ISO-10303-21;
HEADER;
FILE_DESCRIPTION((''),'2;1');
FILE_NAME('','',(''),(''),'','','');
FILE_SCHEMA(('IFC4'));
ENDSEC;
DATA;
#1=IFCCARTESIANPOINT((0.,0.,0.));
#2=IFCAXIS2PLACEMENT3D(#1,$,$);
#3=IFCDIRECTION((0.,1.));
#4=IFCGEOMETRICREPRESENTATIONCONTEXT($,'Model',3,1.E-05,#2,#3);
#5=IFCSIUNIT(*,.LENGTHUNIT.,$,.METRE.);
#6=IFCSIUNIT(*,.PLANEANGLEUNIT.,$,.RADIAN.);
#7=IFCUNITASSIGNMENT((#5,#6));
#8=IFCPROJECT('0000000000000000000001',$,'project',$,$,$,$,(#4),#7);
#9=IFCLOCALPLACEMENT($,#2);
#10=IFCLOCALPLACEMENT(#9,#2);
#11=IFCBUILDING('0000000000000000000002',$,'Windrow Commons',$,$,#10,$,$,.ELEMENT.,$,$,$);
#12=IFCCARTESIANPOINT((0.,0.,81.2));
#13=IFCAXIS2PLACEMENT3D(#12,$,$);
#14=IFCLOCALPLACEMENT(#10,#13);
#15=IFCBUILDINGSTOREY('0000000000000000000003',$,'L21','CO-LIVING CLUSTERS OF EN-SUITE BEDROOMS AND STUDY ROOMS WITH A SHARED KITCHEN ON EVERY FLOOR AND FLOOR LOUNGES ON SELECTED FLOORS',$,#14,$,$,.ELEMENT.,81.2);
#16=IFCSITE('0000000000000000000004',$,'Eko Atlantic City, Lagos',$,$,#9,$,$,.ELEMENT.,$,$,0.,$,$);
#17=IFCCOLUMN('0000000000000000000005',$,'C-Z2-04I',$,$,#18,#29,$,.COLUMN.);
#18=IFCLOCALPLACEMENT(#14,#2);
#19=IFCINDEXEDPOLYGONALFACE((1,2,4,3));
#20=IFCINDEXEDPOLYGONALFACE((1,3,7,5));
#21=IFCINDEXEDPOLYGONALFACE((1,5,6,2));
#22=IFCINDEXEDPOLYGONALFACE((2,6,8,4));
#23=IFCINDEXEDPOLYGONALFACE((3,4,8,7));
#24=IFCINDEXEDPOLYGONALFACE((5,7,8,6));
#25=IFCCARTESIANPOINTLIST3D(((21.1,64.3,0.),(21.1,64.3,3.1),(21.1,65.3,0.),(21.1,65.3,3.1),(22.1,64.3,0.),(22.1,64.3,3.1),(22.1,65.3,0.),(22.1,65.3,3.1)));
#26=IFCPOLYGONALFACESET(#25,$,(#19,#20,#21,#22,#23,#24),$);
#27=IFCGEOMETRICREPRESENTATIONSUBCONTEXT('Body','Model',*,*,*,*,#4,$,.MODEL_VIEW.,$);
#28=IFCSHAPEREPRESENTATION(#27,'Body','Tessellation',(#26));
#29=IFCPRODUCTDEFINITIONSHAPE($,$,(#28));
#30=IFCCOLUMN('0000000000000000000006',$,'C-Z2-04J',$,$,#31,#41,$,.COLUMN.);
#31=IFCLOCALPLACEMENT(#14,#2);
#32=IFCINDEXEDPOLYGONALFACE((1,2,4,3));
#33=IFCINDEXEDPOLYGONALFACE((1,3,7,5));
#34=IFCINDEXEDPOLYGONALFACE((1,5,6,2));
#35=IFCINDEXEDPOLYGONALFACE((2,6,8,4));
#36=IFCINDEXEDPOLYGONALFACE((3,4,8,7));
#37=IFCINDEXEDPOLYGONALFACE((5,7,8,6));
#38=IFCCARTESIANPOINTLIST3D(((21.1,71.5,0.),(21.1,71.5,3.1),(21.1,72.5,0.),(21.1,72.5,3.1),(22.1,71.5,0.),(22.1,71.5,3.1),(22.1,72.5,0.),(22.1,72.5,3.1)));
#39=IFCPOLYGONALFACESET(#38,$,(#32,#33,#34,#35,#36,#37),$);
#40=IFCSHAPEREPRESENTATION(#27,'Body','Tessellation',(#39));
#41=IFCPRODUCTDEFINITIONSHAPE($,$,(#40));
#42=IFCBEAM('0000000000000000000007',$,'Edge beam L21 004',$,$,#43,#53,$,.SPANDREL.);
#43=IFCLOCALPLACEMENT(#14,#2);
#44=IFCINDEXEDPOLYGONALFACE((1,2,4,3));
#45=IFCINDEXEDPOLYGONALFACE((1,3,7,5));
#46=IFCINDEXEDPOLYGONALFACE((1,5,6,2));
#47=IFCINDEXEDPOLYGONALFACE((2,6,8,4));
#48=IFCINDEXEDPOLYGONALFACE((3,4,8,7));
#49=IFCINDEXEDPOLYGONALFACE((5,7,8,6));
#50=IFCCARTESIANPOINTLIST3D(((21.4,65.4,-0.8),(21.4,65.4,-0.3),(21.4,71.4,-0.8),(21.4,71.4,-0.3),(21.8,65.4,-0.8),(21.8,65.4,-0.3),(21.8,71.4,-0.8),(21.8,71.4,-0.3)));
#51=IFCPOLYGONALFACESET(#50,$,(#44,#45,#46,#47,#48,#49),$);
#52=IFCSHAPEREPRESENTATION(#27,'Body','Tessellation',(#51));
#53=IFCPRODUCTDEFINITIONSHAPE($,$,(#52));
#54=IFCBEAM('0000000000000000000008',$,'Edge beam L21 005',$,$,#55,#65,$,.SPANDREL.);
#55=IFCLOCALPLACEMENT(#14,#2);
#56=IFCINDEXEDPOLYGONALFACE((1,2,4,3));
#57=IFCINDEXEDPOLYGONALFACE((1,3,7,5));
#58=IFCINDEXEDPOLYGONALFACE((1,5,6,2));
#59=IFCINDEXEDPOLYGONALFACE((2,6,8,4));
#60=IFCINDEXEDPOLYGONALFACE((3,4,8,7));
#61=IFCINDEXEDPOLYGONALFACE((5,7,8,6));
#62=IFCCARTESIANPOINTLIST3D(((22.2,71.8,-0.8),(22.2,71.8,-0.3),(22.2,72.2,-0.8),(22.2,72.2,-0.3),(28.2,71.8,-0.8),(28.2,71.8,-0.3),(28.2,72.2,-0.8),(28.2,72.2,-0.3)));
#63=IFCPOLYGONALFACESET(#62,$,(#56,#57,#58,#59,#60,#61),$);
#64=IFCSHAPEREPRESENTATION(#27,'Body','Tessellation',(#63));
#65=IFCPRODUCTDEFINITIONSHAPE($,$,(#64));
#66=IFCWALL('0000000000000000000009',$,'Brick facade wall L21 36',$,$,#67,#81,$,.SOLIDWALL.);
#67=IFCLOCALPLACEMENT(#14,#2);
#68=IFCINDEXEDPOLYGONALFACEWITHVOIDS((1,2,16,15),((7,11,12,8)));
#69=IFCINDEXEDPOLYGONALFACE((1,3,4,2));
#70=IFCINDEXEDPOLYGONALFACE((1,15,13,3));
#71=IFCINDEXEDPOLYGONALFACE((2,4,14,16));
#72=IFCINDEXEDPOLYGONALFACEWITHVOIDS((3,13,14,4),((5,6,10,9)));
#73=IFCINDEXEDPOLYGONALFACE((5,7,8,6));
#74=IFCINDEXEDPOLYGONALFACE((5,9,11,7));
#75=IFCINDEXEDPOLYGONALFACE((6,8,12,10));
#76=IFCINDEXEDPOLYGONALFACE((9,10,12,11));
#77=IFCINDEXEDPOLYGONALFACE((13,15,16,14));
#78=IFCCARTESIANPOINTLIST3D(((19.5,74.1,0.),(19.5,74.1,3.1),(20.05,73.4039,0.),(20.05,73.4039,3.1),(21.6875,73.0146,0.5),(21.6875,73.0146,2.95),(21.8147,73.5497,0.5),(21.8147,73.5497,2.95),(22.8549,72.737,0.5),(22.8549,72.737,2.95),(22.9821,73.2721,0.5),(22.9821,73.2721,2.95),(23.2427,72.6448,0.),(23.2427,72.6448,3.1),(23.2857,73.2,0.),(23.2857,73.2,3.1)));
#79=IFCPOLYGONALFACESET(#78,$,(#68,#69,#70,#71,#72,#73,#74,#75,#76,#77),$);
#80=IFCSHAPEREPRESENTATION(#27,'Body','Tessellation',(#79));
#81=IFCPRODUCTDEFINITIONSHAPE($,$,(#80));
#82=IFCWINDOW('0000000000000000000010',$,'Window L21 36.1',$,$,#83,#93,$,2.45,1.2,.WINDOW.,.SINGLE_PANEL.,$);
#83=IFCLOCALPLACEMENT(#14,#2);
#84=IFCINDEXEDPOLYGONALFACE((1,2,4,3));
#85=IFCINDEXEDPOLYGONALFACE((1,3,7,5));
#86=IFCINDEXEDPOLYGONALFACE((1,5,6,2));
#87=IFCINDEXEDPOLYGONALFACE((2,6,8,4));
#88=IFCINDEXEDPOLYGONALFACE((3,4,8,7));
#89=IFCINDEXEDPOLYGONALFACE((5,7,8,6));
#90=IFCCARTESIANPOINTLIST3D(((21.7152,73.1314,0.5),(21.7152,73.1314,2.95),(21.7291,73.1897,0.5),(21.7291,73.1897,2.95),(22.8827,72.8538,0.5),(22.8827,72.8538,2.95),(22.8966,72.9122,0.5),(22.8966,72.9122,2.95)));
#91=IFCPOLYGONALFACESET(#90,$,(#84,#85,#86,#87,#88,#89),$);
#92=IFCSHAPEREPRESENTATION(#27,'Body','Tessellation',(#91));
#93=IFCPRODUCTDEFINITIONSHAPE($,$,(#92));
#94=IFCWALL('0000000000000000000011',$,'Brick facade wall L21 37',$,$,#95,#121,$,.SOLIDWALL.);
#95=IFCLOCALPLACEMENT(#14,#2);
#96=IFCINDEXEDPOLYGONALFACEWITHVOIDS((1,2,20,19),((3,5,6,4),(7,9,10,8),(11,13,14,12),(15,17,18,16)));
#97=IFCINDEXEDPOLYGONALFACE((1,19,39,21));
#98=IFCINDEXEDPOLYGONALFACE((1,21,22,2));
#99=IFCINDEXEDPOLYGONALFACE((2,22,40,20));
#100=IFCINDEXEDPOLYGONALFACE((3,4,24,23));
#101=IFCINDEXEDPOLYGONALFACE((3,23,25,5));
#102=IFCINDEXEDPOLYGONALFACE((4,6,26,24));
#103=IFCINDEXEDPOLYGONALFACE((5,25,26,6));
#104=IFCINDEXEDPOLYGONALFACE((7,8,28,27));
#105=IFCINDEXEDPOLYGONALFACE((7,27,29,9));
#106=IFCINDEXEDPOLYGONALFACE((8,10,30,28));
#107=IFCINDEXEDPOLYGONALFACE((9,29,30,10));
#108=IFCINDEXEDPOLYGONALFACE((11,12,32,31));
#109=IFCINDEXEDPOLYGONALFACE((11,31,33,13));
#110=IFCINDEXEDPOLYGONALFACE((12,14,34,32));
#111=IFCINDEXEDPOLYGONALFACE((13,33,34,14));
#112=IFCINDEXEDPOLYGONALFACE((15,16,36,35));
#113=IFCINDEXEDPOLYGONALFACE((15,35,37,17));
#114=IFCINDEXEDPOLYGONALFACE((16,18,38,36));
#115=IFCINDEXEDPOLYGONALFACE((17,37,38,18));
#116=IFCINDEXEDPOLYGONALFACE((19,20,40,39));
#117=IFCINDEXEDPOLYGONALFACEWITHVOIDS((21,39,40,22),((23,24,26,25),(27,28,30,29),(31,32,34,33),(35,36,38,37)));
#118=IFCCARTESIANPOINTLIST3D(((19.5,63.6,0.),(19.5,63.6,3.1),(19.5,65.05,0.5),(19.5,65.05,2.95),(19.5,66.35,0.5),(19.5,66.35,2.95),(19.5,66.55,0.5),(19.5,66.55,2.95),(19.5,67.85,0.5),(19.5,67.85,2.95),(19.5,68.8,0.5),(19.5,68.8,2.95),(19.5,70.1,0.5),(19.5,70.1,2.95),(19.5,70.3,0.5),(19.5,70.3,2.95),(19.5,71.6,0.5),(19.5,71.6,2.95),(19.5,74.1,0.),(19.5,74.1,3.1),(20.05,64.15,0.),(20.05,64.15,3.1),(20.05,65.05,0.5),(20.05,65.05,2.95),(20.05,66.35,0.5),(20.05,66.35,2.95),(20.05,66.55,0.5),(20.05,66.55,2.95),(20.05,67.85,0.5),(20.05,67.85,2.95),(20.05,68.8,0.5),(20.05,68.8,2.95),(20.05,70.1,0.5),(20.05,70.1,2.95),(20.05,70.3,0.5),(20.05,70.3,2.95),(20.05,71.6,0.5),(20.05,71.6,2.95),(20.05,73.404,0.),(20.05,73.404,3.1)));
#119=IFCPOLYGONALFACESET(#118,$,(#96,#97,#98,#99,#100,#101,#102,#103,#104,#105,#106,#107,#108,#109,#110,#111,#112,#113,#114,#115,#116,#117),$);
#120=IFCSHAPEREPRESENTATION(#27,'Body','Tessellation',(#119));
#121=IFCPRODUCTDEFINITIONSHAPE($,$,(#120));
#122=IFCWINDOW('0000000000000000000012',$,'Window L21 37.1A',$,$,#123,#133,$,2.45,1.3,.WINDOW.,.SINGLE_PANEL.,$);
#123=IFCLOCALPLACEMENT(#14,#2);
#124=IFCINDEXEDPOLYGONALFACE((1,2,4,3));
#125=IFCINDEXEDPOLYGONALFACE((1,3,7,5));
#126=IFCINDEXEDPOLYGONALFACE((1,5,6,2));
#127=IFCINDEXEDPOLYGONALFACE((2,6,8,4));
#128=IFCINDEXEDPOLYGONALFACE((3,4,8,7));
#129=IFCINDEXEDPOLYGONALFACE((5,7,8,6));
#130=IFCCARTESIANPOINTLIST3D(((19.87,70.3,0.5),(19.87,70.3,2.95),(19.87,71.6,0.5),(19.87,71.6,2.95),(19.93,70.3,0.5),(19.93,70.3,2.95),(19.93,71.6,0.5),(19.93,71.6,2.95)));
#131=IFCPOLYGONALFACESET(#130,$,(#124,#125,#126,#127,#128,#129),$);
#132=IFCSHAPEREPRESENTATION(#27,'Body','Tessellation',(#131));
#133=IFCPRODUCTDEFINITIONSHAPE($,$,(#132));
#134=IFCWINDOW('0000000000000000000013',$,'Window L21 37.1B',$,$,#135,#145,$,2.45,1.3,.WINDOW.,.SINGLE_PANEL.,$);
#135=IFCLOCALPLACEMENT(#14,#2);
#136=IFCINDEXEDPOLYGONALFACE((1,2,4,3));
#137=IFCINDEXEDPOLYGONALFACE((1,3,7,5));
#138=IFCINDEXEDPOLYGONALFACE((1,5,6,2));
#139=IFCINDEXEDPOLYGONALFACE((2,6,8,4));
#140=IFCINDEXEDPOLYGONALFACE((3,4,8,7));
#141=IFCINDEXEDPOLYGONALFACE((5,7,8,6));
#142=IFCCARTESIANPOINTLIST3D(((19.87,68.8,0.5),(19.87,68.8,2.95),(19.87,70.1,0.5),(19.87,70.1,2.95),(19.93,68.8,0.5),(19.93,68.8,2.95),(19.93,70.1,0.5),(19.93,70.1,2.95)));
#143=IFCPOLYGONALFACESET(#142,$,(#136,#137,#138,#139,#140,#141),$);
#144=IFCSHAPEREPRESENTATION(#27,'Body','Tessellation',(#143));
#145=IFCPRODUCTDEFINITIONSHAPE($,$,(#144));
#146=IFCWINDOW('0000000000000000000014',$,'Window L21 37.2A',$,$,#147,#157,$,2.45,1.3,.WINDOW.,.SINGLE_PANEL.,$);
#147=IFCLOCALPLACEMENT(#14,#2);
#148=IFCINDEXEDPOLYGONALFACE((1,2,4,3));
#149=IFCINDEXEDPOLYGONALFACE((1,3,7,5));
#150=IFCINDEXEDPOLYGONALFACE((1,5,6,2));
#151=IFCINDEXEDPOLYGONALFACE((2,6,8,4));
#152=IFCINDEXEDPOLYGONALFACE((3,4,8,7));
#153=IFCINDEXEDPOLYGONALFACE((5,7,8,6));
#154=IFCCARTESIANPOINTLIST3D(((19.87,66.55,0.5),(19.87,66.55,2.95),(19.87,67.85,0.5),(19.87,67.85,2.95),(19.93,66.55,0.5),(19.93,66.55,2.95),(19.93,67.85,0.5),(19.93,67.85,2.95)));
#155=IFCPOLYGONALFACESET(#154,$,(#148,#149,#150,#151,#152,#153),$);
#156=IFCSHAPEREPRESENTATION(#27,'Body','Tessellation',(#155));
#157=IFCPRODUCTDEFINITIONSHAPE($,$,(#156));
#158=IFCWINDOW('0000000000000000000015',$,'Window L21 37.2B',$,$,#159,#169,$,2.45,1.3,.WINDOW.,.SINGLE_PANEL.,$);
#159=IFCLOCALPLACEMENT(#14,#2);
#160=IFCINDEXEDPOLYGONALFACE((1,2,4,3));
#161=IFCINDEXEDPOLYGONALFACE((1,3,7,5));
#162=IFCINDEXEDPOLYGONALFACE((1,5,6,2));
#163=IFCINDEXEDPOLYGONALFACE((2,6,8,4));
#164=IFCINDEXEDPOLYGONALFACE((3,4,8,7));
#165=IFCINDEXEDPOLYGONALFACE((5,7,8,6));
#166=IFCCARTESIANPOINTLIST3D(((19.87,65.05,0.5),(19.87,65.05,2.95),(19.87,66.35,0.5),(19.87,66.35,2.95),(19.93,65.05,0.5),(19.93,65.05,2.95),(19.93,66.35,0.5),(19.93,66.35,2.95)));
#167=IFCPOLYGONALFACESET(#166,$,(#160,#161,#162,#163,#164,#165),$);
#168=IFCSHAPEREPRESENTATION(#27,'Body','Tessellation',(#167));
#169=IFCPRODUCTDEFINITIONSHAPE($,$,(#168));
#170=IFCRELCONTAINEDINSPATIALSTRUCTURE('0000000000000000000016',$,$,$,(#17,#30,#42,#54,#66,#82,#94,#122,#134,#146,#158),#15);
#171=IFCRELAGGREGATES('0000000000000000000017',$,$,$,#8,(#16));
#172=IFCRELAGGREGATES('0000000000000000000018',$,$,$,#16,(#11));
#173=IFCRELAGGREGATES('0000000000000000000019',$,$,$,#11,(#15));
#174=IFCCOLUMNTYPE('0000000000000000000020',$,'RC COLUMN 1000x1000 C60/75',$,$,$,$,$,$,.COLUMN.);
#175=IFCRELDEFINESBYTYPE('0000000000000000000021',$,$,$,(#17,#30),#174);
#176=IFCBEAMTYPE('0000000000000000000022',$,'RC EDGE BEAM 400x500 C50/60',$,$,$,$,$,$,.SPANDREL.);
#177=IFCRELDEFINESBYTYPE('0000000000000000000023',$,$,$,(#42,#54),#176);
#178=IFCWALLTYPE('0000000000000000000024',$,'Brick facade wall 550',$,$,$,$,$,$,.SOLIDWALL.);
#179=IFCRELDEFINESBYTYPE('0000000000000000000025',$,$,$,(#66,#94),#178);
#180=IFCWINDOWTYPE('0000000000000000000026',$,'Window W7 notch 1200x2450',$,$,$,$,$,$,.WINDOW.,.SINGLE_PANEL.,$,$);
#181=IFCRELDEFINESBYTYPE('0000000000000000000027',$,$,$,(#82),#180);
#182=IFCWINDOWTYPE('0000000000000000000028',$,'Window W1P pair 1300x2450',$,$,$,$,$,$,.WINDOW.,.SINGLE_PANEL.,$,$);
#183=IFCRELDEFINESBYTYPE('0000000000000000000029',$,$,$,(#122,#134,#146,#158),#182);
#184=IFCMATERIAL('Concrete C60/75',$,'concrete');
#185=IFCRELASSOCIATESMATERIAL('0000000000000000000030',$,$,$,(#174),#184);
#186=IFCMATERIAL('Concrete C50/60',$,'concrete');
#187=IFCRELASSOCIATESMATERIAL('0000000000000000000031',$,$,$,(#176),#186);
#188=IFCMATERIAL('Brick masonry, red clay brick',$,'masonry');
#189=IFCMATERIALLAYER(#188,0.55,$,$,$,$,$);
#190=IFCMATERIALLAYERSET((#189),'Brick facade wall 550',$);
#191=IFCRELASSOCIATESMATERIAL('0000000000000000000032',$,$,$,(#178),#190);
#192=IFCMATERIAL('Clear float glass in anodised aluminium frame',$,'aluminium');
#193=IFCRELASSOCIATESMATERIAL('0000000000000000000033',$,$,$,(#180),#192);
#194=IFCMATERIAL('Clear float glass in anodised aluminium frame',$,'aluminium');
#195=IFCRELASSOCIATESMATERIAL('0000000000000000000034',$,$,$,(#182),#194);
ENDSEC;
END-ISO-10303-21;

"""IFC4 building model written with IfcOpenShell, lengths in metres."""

from ifc_helpers import new_model, si_unit, direction, frame, frame_2d, origin, origin_2d, place, context, subcontext, project, spatial, polyline, rectangle, outline, extrude, material, layer, layer_set, material_profile, profile_set, type_object, element, fill, save


model = new_model("IFC4")

# Units and contexts
model_context = context("Model", 3, precision=1e-05, world=origin(), true_north=direction((0.0, 1.0)))
body_context = subcontext(model_context, "Body", "Model", "MODEL_VIEW")
ifc_project = project(units=[si_unit("LENGTHUNIT", "METRE"), si_unit("PLANEANGLEUNIT", "RADIAN")], contexts=[model_context])

# Site, building, storey
site_placement = place(None, origin())
site = spatial("IfcSite", under=ifc_project, at=site_placement, Name="Eko Atlantic City, Lagos", CompositionType="ELEMENT", RefElevation=0.0)
building_placement = place(site_placement, origin())
building = spatial("IfcBuilding", under=site, at=building_placement, Name="Windrow Commons", CompositionType="ELEMENT")
storey_placement = place(building_placement, frame((0.0, 0.0, 81.2)))
storey = spatial("IfcBuildingStorey", under=building, at=storey_placement, Name="L21", Description="CO-LIVING CLUSTERS OF EN-SUITE BEDROOMS AND STUDY ROOMS WITH A SHARED KITCHEN ON EVERY FLOOR AND FLOOR LOUNGES ON SELECTED FLOORS", CompositionType="ELEMENT", Elevation=81.2)

# Columns
ifc_material_1 = material(Name="Concrete C60/75", Category="concrete")
ifc_material_profile_1 = material_profile(ifc_material_1, rectangle(XDim=1.0, YDim=1.0, at=origin_2d()))
ifc_profile_set_1 = profile_set([ifc_material_profile_1], Name="Concrete C60/75")
column_type = type_object("IfcColumnType", Name="RC COLUMN 1000x1000 C60/75", PredefinedType="COLUMN", material=ifc_profile_set_1)
for number, where, z_axis, x_axis, name in (
    (1, (21.6, 64.8, 0.0), (0.0, 0.0, 1.0), (1.0, 0.0, 0.0), "C-Z2-04I"),
    (2, (21.6, 72.0, 0.0), (0.0, 0.0, 1.0), (1.0, 0.0, 0.0), "C-Z2-04J"),
):
    element("IfcColumn", number, at=place(storey_placement, frame(where, z_axis=z_axis, x_axis=x_axis)), inside=storey, type_object=column_type, Name=name, PredefinedType="COLUMN", context=body_context, shape_type="SweptSolid", body=[
        extrude(rectangle(XDim=1.0, YDim=1.0, at=origin_2d()), origin(), (0.0, 0.0, 1.0), 3.1),
    ])

# Beams
ifc_material_2 = material(Name="Concrete C50/60", Category="concrete")
ifc_material_profile_2 = material_profile(ifc_material_2, rectangle(XDim=0.4, YDim=0.5, at=origin_2d()))
ifc_profile_set_2 = profile_set([ifc_material_profile_2], Name="Concrete C50/60")
beam_type = type_object("IfcBeamType", Name="RC EDGE BEAM 400x500 C50/60", PredefinedType="SPANDREL", material=ifc_profile_set_2)
for number, where, z_axis, x_axis, name in (
    (3, (21.6, 65.4, -0.55), (0.0, 1.0, 0.0), (-1.0, 0.0, 0.0), "Edge beam L21 004"),
    (4, (22.2, 72.0, -0.55), (1.0, 0.0, 0.0), (0.0, 1.0, 0.0), "Edge beam L21 005"),
):
    element("IfcBeam", number, at=place(storey_placement, frame(where, z_axis=z_axis, x_axis=x_axis)), inside=storey, type_object=beam_type, Name=name, PredefinedType="SPANDREL", context=body_context, shape_type="SweptSolid", body=[
        extrude(rectangle(XDim=0.4, YDim=0.5, at=origin_2d()), origin(), (0.0, 0.0, 1.0), 6.0),
    ])

# Wall, opening, window
ifc_material_3 = material(Name="Brick masonry, red clay brick", Category="masonry")
ifc_layer_1 = layer(ifc_material_3, 0.55)
ifc_layer_set_1 = layer_set([ifc_layer_1], Name="Brick facade wall 550")
wall_type_1 = type_object("IfcWallType", Name="Brick facade wall 550", PredefinedType="SOLIDWALL", material=ifc_layer_set_1)
wall_1_placement = place(storey_placement, frame((23.2642, 72.9224, 0.0), z_axis=(0.0, 0.0, 1.0), x_axis=(-0.972879, 0.231314, 0.0)))
wall_1 = element("IfcWall", 5, at=wall_1_placement, inside=storey, type_object=wall_type_1, Name="Brick facade wall L21 36", PredefinedType="SOLIDWALL", context=body_context, shape_type="SweptSolid", body=[
    extrude(outline(polyline([(0.0433, -0.275), (3.9345, -0.275), (3.2384, 0.275), (-0.0433, 0.275), (0.0433, -0.275)])), origin(), (0.0, 0.0, 1.0), 3.1),
])
opening_1_placement = place(wall_1_placement, frame((0.3553, 0.0, 0.5)))
opening_1 = element("IfcOpeningElement", 6, at=opening_1_placement, cuts=wall_1, PredefinedType="OPENING", context=body_context, shape_type="SweptSolid", body=[
    extrude(rectangle(XDim=1.2, YDim=2.45, at=frame_2d((0.6, 1.225))), frame((0.0, 0.285, 0.0), z_axis=(0.0, -1.0, 0.0), x_axis=(1.0, 0.0, 0.0)), (0.0, 0.0, 1.0), 0.57),
])
ifc_material_4 = material(Name="Clear float glass in anodised aluminium frame", Category="aluminium")
window_type_1 = type_object("IfcWindowType", Name="Window W7 notch 1200x2450", PartitioningType="SINGLE_PANEL", PredefinedType="WINDOW", material=ifc_material_4)
window_1_placement = place(opening_1_placement, origin())
window_1 = element("IfcWindow", 7, at=window_1_placement, inside=storey, type_object=window_type_1, Name="Window L21 36.1", OverallHeight=2.45, OverallWidth=1.2, PartitioningType="SINGLE_PANEL", PredefinedType="WINDOW", context=body_context, shape_type="SweptSolid", body=[
    extrude(rectangle(XDim=1.2, YDim=2.45, at=frame_2d((0.6, 1.225))), frame((0.0, 0.155, 0.0), z_axis=(0.0, -1.0, 0.0), x_axis=(1.0, 0.0, 0.0)), (0.0, 0.0, 1.0), 0.06),
])
fill(opening_1, window_1)

# Wall, openings, windows
wall_2_placement = place(storey_placement, frame((19.775, 73.752, 0.0), z_axis=(0.0, 0.0, 1.0), x_axis=(0.0, -1.0, 0.0)))
wall_2 = element("IfcWall", 8, at=wall_2_placement, inside=storey, type_object=wall_type_1, Name="Brick facade wall L21 37", PredefinedType="SOLIDWALL", context=body_context, shape_type="SweptSolid", body=[
    extrude(outline(polyline([(-0.348, -0.275), (10.152, -0.275), (9.602, 0.275), (0.348, 0.275), (-0.348, -0.275)])), origin(), (0.0, 0.0, 1.0), 3.1),
])
opening_2_placement = place(wall_2_placement, frame((2.152, 0.0, 0.5)))
opening_2 = element("IfcOpeningElement", 9, at=opening_2_placement, cuts=wall_2, PredefinedType="OPENING", context=body_context, shape_type="SweptSolid", body=[
    extrude(rectangle(XDim=1.3, YDim=2.45, at=frame_2d((0.65, 1.225))), frame((0.0, 0.285, 0.0), z_axis=(0.0, -1.0, 0.0), x_axis=(1.0, 0.0, 0.0)), (0.0, 0.0, 1.0), 0.57),
])
opening_3_placement = place(wall_2_placement, frame((3.652, 0.0, 0.5)))
opening_3 = element("IfcOpeningElement", 10, at=opening_3_placement, cuts=wall_2, PredefinedType="OPENING", context=body_context, shape_type="SweptSolid", body=[
    extrude(rectangle(XDim=1.3, YDim=2.45, at=frame_2d((0.65, 1.225))), frame((0.0, 0.285, 0.0), z_axis=(0.0, -1.0, 0.0), x_axis=(1.0, 0.0, 0.0)), (0.0, 0.0, 1.0), 0.57),
])
opening_4_placement = place(wall_2_placement, frame((5.902, 0.0, 0.5)))
opening_4 = element("IfcOpeningElement", 11, at=opening_4_placement, cuts=wall_2, PredefinedType="OPENING", context=body_context, shape_type="SweptSolid", body=[
    extrude(rectangle(XDim=1.3, YDim=2.45, at=frame_2d((0.65, 1.225))), frame((0.0, 0.285, 0.0), z_axis=(0.0, -1.0, 0.0), x_axis=(1.0, 0.0, 0.0)), (0.0, 0.0, 1.0), 0.57),
])
opening_5_placement = place(wall_2_placement, frame((7.402, 0.0, 0.5)))
opening_5 = element("IfcOpeningElement", 12, at=opening_5_placement, cuts=wall_2, PredefinedType="OPENING", context=body_context, shape_type="SweptSolid", body=[
    extrude(rectangle(XDim=1.3, YDim=2.45, at=frame_2d((0.65, 1.225))), frame((0.0, 0.285, 0.0), z_axis=(0.0, -1.0, 0.0), x_axis=(1.0, 0.0, 0.0)), (0.0, 0.0, 1.0), 0.57),
])
ifc_material_5 = material(Name="Clear float glass in anodised aluminium frame", Category="aluminium")
window_type_2 = type_object("IfcWindowType", Name="Window W1P pair 1300x2450", PartitioningType="SINGLE_PANEL", PredefinedType="WINDOW", material=ifc_material_5)
window_2_placement = place(opening_2_placement, origin())
window_2 = element("IfcWindow", 13, at=window_2_placement, inside=storey, type_object=window_type_2, Name="Window L21 37.1A", OverallHeight=2.45, OverallWidth=1.3, PartitioningType="SINGLE_PANEL", PredefinedType="WINDOW", context=body_context, shape_type="SweptSolid", body=[
    extrude(rectangle(XDim=1.3, YDim=2.45, at=frame_2d((0.65, 1.225))), frame((0.0, 0.155, 0.0), z_axis=(0.0, -1.0, 0.0), x_axis=(1.0, 0.0, 0.0)), (0.0, 0.0, 1.0), 0.06),
])
fill(opening_2, window_2)
window_3_placement = place(opening_3_placement, origin())
window_3 = element("IfcWindow", 14, at=window_3_placement, inside=storey, type_object=window_type_2, Name="Window L21 37.1B", OverallHeight=2.45, OverallWidth=1.3, PartitioningType="SINGLE_PANEL", PredefinedType="WINDOW", context=body_context, shape_type="SweptSolid", body=[
    extrude(rectangle(XDim=1.3, YDim=2.45, at=frame_2d((0.65, 1.225))), frame((0.0, 0.155, 0.0), z_axis=(0.0, -1.0, 0.0), x_axis=(1.0, 0.0, 0.0)), (0.0, 0.0, 1.0), 0.06),
])
fill(opening_3, window_3)
window_4_placement = place(opening_4_placement, origin())
window_4 = element("IfcWindow", 15, at=window_4_placement, inside=storey, type_object=window_type_2, Name="Window L21 37.2A", OverallHeight=2.45, OverallWidth=1.3, PartitioningType="SINGLE_PANEL", PredefinedType="WINDOW", context=body_context, shape_type="SweptSolid", body=[
    extrude(rectangle(XDim=1.3, YDim=2.45, at=frame_2d((0.65, 1.225))), frame((0.0, 0.155, 0.0), z_axis=(0.0, -1.0, 0.0), x_axis=(1.0, 0.0, 0.0)), (0.0, 0.0, 1.0), 0.06),
])
fill(opening_4, window_4)
window_5_placement = place(opening_5_placement, origin())
window_5 = element("IfcWindow", 16, at=window_5_placement, inside=storey, type_object=window_type_2, Name="Window L21 37.2B", OverallHeight=2.45, OverallWidth=1.3, PartitioningType="SINGLE_PANEL", PredefinedType="WINDOW", context=body_context, shape_type="SweptSolid", body=[
    extrude(rectangle(XDim=1.3, YDim=2.45, at=frame_2d((0.65, 1.225))), frame((0.0, 0.155, 0.0), z_axis=(0.0, -1.0, 0.0), x_axis=(1.0, 0.0, 0.0)), (0.0, 0.0, 1.0), 0.06),
])
fill(opening_5, window_5)

save(model, "model.ifc")
